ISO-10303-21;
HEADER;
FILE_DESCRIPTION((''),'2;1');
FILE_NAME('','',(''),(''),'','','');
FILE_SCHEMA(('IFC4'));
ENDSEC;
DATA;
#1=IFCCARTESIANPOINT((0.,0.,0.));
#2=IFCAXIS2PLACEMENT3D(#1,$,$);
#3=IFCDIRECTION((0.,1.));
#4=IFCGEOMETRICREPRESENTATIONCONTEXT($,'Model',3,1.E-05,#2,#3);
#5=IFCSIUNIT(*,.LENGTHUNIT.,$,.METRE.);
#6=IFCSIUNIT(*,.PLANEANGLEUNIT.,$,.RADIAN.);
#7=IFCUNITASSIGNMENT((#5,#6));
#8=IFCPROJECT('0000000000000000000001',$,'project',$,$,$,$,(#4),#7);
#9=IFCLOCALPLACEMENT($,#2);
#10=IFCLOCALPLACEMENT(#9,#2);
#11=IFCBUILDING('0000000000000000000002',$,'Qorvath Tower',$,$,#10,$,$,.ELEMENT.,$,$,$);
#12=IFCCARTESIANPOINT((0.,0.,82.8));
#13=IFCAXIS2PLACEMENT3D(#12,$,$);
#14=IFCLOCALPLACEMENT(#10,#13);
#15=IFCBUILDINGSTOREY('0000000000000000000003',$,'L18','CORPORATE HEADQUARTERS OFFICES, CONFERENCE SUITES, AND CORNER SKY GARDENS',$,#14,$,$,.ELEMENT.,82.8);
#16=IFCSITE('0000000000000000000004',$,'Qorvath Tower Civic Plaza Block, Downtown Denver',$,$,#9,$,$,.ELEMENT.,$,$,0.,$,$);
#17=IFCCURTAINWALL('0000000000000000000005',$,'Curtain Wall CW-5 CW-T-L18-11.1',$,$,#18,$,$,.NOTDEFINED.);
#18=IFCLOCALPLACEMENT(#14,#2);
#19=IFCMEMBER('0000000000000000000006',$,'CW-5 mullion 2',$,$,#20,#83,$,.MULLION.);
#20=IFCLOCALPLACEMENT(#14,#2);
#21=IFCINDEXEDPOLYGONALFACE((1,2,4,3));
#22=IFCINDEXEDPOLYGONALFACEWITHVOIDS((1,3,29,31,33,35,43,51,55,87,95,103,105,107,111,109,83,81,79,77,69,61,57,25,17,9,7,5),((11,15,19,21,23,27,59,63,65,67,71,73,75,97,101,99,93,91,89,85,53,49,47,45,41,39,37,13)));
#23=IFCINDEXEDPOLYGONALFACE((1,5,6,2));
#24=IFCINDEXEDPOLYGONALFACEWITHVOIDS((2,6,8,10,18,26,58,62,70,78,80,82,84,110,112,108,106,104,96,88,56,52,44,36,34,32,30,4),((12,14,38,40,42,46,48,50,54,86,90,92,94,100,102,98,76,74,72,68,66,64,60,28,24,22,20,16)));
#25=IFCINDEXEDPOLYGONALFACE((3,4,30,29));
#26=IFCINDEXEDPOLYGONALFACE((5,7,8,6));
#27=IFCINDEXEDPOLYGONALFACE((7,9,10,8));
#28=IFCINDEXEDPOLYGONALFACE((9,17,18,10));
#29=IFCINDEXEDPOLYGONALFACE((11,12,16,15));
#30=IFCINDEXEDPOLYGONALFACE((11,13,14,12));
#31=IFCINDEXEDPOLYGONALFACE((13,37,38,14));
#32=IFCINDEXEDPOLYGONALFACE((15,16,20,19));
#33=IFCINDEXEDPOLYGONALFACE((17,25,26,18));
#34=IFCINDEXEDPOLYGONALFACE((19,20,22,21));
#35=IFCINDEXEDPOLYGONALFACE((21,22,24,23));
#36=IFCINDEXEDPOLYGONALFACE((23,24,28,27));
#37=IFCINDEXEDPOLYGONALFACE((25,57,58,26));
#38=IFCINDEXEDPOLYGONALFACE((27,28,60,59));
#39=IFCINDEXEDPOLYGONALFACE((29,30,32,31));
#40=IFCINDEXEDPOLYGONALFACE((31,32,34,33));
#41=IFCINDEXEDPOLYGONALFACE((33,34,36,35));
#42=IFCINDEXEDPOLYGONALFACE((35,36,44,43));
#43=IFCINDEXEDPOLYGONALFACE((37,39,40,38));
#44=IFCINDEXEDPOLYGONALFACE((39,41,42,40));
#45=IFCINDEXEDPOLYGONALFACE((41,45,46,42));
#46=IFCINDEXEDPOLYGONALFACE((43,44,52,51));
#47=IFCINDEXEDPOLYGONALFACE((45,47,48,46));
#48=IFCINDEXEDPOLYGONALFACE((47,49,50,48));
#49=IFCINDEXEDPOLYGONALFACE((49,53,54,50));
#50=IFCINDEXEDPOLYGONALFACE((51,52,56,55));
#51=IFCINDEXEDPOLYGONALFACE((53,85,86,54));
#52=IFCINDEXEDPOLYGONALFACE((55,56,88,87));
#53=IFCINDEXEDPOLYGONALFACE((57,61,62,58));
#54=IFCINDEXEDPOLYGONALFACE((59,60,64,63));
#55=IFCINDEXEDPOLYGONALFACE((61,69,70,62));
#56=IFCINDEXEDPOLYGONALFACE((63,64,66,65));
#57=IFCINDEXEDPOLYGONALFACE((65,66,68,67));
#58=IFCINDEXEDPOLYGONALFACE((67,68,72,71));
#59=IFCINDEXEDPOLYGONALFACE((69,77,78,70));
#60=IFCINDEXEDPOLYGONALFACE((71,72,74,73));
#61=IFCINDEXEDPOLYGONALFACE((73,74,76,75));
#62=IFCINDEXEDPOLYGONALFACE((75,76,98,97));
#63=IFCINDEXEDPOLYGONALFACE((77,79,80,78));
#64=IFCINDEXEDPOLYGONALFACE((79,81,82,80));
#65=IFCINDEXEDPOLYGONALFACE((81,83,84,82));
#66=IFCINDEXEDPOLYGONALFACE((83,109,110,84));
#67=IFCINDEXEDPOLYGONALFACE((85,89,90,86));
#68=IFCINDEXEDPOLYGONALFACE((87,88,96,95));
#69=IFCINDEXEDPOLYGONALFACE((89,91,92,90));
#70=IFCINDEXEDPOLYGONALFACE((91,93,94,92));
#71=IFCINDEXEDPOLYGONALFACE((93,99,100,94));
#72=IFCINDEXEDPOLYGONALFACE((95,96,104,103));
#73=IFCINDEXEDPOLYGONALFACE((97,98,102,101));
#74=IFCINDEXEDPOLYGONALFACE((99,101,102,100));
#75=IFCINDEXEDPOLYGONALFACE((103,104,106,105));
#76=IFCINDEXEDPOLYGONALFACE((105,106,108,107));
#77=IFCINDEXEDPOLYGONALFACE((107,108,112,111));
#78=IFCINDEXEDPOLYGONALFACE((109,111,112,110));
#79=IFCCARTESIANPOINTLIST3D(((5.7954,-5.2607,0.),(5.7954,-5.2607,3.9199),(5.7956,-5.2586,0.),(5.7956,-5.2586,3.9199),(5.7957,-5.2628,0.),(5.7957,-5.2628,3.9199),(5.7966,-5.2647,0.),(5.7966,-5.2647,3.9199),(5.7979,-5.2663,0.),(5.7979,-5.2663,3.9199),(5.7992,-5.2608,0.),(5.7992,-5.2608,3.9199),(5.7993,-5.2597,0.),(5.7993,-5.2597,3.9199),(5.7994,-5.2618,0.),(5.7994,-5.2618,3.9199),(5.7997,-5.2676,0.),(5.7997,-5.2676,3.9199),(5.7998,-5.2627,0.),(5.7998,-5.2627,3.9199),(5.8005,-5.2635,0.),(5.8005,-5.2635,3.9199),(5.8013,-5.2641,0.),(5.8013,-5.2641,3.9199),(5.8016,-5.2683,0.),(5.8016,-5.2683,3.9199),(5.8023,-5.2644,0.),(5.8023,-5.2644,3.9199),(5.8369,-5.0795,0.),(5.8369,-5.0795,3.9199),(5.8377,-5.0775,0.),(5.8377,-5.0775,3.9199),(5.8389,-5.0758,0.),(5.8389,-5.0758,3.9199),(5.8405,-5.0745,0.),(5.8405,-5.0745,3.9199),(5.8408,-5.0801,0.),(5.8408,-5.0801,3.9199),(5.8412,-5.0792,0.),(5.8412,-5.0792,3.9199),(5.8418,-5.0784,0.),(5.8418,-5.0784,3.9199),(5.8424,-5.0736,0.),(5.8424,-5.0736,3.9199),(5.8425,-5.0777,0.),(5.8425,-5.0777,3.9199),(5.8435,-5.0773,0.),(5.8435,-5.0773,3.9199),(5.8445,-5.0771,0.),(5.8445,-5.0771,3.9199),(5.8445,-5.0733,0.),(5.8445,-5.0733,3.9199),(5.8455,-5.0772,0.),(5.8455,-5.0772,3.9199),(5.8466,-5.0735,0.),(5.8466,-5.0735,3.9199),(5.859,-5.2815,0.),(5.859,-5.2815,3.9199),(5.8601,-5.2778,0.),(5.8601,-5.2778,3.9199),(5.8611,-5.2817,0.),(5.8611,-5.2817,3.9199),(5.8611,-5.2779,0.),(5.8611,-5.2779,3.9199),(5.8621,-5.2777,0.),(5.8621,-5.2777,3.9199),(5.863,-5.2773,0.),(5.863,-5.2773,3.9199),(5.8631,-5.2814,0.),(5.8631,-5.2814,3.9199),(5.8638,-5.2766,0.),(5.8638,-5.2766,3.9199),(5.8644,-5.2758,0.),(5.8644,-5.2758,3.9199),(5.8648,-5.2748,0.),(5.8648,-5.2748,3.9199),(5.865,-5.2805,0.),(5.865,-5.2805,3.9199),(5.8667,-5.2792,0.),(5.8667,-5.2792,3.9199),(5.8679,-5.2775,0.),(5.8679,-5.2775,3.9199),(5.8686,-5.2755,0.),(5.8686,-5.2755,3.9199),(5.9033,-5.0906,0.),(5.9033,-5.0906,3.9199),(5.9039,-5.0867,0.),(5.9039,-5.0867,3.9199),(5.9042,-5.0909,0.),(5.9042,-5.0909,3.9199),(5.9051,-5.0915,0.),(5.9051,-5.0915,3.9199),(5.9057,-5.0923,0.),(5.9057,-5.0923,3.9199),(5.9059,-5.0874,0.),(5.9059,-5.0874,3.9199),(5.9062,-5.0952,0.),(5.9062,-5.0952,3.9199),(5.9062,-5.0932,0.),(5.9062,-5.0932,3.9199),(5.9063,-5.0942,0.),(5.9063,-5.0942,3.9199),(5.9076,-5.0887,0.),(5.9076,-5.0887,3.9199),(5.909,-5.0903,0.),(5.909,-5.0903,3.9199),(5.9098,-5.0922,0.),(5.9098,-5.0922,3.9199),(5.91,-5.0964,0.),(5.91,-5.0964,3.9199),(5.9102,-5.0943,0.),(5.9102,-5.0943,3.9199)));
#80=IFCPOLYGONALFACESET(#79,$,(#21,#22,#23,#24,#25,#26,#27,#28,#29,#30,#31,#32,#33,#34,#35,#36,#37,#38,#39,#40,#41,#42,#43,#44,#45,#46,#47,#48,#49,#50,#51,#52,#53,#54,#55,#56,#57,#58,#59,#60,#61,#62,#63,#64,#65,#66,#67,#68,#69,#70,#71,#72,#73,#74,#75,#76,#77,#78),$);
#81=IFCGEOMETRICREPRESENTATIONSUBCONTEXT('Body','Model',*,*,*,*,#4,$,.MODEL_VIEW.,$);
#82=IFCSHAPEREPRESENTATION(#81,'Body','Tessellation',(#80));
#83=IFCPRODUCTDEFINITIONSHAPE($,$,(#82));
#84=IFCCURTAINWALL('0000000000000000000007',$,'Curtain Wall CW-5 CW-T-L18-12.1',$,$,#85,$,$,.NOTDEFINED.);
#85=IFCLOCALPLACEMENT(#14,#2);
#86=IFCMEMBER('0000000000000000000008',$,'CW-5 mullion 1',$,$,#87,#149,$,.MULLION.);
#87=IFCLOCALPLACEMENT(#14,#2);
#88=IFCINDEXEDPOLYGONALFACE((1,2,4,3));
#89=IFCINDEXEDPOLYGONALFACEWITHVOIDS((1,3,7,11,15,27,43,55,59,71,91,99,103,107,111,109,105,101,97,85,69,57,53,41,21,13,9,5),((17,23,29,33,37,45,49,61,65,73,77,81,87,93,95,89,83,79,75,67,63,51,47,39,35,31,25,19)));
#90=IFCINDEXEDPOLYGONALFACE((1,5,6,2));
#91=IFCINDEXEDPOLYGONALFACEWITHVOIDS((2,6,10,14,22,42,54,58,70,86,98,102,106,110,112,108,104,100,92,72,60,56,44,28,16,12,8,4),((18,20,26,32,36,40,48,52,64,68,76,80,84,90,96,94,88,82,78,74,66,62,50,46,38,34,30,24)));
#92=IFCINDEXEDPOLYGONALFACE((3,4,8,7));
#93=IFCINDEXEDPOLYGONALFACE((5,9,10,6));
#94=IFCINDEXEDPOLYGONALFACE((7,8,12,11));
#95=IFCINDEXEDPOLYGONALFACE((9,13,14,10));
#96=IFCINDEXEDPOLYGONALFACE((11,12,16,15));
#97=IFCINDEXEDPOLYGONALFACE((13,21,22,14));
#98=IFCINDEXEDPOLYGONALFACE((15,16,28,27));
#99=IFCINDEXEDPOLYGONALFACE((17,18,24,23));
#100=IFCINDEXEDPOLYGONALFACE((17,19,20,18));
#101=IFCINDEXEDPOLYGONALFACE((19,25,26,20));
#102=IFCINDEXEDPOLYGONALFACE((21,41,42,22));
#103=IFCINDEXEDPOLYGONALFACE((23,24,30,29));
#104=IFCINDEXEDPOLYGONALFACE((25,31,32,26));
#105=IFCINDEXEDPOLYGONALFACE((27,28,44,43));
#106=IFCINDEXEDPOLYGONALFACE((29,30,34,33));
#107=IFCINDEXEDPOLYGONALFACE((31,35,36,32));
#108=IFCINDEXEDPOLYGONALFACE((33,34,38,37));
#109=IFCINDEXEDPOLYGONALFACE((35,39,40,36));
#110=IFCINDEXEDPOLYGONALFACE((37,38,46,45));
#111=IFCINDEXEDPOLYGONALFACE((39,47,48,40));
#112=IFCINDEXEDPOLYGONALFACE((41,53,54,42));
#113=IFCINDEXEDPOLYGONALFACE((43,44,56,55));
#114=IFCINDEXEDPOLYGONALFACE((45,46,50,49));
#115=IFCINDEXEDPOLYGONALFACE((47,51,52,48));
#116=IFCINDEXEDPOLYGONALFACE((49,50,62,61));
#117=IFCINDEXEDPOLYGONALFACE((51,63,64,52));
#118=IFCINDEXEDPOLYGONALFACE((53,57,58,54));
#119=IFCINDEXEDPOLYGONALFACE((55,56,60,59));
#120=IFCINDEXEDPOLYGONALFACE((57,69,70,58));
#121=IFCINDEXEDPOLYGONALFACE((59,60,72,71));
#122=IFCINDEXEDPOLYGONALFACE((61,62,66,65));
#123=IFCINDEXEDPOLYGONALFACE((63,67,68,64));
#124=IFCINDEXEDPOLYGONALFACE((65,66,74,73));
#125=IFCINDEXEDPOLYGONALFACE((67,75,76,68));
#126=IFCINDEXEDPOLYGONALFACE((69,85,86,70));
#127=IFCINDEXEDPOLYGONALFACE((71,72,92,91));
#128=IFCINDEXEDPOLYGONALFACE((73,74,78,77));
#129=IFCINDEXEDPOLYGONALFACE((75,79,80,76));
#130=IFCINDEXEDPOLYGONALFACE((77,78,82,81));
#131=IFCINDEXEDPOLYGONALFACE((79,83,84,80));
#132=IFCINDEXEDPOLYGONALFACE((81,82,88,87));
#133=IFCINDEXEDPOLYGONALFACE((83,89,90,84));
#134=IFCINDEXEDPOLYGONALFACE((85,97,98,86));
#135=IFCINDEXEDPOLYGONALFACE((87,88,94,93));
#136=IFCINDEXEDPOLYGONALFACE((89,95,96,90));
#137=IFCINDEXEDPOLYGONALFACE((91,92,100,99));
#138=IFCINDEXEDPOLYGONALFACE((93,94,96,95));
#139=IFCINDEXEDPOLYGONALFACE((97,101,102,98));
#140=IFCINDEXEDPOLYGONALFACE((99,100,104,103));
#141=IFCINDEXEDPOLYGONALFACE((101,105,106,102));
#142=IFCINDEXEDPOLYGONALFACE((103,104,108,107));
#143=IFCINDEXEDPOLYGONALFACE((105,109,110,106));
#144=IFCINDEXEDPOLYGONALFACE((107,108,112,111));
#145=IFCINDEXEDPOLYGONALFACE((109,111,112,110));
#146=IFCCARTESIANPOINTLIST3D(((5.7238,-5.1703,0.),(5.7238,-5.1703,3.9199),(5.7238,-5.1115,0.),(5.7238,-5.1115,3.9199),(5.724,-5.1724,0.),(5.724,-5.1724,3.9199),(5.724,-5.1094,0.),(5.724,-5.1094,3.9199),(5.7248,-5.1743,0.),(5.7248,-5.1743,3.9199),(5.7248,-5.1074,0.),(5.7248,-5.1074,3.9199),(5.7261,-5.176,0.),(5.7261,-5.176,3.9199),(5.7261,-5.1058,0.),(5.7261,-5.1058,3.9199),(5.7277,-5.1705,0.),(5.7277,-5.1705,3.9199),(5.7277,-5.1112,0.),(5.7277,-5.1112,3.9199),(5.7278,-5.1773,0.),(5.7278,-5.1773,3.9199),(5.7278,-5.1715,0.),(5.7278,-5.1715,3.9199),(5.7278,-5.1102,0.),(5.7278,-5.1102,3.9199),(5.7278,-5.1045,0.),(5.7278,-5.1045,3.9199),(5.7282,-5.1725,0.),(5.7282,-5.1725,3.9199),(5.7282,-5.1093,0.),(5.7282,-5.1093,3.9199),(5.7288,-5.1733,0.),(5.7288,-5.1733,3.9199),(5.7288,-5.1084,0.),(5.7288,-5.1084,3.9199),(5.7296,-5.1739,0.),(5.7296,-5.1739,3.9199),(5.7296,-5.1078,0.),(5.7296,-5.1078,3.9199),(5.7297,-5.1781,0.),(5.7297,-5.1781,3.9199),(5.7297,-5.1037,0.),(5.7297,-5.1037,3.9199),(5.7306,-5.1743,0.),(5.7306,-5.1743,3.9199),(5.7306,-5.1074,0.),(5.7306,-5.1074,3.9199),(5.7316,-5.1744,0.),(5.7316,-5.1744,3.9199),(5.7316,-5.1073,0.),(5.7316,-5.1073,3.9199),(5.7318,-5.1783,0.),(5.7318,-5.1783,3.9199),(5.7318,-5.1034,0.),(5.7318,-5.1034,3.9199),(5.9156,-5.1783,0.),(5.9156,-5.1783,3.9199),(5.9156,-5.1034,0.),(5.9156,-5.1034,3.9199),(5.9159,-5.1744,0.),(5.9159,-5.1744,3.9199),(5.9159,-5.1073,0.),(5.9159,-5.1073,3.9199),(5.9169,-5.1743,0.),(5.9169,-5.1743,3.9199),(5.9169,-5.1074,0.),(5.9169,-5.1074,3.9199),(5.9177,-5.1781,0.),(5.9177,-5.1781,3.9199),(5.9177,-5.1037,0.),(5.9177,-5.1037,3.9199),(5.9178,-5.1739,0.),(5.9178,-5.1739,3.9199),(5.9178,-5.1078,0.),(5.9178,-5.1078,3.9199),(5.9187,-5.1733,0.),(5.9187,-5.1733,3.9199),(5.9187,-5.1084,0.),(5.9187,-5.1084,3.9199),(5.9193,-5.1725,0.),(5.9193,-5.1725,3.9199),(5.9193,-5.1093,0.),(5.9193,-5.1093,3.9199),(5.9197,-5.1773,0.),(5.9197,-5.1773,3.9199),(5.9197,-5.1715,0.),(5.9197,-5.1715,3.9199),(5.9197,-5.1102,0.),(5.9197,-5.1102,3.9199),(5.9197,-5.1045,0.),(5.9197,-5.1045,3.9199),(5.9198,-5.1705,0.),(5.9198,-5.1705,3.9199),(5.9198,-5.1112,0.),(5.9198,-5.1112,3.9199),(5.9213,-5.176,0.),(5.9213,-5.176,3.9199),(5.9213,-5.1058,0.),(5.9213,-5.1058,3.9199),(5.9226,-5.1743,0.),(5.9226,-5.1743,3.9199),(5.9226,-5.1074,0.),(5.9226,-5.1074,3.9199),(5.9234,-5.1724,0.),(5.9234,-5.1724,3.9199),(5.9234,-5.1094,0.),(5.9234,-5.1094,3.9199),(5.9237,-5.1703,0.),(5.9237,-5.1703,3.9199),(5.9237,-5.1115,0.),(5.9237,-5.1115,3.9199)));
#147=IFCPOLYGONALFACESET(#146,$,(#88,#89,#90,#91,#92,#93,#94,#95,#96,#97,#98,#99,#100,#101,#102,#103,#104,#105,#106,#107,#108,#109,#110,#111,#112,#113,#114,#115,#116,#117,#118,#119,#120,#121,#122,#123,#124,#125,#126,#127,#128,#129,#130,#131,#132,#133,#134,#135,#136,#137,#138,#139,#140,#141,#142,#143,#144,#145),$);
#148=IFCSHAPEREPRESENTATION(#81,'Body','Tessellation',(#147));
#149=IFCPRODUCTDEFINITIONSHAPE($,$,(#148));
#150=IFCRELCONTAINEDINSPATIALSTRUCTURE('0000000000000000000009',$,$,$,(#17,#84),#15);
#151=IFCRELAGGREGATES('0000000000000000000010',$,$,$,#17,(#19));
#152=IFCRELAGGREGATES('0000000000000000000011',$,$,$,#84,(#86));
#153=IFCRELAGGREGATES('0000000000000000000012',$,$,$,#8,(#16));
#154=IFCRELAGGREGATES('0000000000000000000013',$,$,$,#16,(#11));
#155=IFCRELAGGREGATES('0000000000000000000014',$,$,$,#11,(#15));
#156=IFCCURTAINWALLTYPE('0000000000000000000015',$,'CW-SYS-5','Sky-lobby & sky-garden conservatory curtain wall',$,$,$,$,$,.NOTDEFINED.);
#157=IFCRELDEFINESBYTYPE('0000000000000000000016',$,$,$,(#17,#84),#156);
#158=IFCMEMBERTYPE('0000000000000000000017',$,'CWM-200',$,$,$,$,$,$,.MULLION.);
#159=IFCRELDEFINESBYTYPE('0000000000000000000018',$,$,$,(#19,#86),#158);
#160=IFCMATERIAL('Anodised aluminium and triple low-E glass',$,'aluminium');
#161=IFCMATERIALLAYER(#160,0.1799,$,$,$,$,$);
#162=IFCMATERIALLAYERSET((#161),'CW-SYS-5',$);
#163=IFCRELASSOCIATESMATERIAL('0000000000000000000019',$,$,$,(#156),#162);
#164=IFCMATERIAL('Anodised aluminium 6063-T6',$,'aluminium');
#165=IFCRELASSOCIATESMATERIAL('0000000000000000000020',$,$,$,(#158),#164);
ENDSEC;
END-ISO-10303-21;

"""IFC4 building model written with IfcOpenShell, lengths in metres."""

from ifc_helpers import new_model, si_unit, direction, frame, origin, origin_2d, place, context, subcontext, project, spatial, hollow_rectangle, extrude, material, layer, layer_set, material_profile, profile_set, type_object, element, aggregate, save


model = new_model("IFC4")

# Units and contexts
model_context = context("Model", 3, precision=1e-05, world=origin(), true_north=direction((0.0, 1.0)))
body_context = subcontext(model_context, "Body", "Model", "MODEL_VIEW")
ifc_project = project(units=[si_unit("LENGTHUNIT", "METRE"), si_unit("PLANEANGLEUNIT", "RADIAN")], contexts=[model_context])

# Site, building, storey
site_placement = place(None, origin())
site = spatial("IfcSite", under=ifc_project, at=site_placement, Name="Qorvath Tower Civic Plaza Block, Downtown Denver", CompositionType="ELEMENT", RefElevation=0.0)
building_placement = place(site_placement, origin())
building = spatial("IfcBuilding", under=site, at=building_placement, Name="Qorvath Tower", CompositionType="ELEMENT")
storey_placement = place(building_placement, frame((0.0, 0.0, 82.8)))
storey = spatial("IfcBuildingStorey", under=building, at=storey_placement, Name="L18", Description="CORPORATE HEADQUARTERS OFFICES, CONFERENCE SUITES, AND CORNER SKY GARDENS", CompositionType="ELEMENT", Elevation=82.8)

# Shared definitions
ifc_material_1 = material(Name="Anodised aluminium and triple low-E glass", Category="aluminium")
ifc_layer_1 = layer(ifc_material_1, 0.1799)
ifc_layer_set_1 = layer_set([ifc_layer_1], Name="CW-SYS-5")
curtain_wall_type = type_object("IfcCurtainWallType", Name="CW-SYS-5", Description="Sky-lobby & sky-garden conservatory curtain wall", PredefinedType="NOTDEFINED", material=ifc_layer_set_1)
ifc_material_2 = material(Name="Anodised aluminium 6063-T6", Category="aluminium")
ifc_material_profile_1 = material_profile(ifc_material_2, hollow_rectangle(XDim=0.075, YDim=0.2, WallThickness=0.0039, InnerFilletRadius=0.0039, OuterFilletRadius=0.0081, at=origin_2d()), Name="CWM 200x75")
ifc_profile_set_1 = profile_set([ifc_material_profile_1], Name="Anodised aluminium 6063-T6")
member_type_1 = type_object("IfcMemberType", Name="CWM-200", PredefinedType="MULLION", material=ifc_profile_set_1)

# Curtain walls, members
curtain_wall_1_placement = place(storey_placement, origin())
curtain_wall_1 = element("IfcCurtainWall", 1, at=curtain_wall_1_placement, inside=storey, type_object=curtain_wall_type, Name="Curtain Wall CW-5 CW-T-L18-11.1", PredefinedType="NOTDEFINED")
member_1_placement = place(storey_placement, frame((5.8528, -5.1775, 0.0), z_axis=(0.0, 0.0, 1.0), x_axis=(-0.974377, 0.224923, 0.0)))
member_1 = element("IfcMember", 2, at=member_1_placement, type_object=member_type_1, Name="CW-5 mullion 2", PredefinedType="MULLION", context=body_context, shape_type="SweptSolid", body=[
    extrude(hollow_rectangle(XDim=0.075, YDim=0.2, WallThickness=0.0039, InnerFilletRadius=0.0039, OuterFilletRadius=0.0081, at=origin_2d()), origin(), (0.0, 0.0, 1.0), 3.9199),
])
curtain_wall_2_placement = place(storey_placement, origin())
curtain_wall_2 = element("IfcCurtainWall", 3, at=curtain_wall_2_placement, inside=storey, type_object=curtain_wall_type, Name="Curtain Wall CW-5 CW-T-L18-12.1", PredefinedType="NOTDEFINED")
member_2_placement = place(storey_placement, frame((5.8237, -5.1409, 0.0), z_axis=(0.0, 0.0, 1.0), x_axis=(0.0, -1.0, 0.0)))
member_2 = element("IfcMember", 4, at=member_2_placement, type_object=member_type_1, Name="CW-5 mullion 1", PredefinedType="MULLION", context=body_context, shape_type="SweptSolid", body=[
    extrude(hollow_rectangle(XDim=0.075, YDim=0.2, WallThickness=0.0039, InnerFilletRadius=0.0039, OuterFilletRadius=0.0081, at=origin_2d()), origin(), (0.0, 0.0, 1.0), 3.9199),
])

aggregate(curtain_wall_1, [member_1])
aggregate(curtain_wall_2, [member_2])

save(model, "model.ifc")
